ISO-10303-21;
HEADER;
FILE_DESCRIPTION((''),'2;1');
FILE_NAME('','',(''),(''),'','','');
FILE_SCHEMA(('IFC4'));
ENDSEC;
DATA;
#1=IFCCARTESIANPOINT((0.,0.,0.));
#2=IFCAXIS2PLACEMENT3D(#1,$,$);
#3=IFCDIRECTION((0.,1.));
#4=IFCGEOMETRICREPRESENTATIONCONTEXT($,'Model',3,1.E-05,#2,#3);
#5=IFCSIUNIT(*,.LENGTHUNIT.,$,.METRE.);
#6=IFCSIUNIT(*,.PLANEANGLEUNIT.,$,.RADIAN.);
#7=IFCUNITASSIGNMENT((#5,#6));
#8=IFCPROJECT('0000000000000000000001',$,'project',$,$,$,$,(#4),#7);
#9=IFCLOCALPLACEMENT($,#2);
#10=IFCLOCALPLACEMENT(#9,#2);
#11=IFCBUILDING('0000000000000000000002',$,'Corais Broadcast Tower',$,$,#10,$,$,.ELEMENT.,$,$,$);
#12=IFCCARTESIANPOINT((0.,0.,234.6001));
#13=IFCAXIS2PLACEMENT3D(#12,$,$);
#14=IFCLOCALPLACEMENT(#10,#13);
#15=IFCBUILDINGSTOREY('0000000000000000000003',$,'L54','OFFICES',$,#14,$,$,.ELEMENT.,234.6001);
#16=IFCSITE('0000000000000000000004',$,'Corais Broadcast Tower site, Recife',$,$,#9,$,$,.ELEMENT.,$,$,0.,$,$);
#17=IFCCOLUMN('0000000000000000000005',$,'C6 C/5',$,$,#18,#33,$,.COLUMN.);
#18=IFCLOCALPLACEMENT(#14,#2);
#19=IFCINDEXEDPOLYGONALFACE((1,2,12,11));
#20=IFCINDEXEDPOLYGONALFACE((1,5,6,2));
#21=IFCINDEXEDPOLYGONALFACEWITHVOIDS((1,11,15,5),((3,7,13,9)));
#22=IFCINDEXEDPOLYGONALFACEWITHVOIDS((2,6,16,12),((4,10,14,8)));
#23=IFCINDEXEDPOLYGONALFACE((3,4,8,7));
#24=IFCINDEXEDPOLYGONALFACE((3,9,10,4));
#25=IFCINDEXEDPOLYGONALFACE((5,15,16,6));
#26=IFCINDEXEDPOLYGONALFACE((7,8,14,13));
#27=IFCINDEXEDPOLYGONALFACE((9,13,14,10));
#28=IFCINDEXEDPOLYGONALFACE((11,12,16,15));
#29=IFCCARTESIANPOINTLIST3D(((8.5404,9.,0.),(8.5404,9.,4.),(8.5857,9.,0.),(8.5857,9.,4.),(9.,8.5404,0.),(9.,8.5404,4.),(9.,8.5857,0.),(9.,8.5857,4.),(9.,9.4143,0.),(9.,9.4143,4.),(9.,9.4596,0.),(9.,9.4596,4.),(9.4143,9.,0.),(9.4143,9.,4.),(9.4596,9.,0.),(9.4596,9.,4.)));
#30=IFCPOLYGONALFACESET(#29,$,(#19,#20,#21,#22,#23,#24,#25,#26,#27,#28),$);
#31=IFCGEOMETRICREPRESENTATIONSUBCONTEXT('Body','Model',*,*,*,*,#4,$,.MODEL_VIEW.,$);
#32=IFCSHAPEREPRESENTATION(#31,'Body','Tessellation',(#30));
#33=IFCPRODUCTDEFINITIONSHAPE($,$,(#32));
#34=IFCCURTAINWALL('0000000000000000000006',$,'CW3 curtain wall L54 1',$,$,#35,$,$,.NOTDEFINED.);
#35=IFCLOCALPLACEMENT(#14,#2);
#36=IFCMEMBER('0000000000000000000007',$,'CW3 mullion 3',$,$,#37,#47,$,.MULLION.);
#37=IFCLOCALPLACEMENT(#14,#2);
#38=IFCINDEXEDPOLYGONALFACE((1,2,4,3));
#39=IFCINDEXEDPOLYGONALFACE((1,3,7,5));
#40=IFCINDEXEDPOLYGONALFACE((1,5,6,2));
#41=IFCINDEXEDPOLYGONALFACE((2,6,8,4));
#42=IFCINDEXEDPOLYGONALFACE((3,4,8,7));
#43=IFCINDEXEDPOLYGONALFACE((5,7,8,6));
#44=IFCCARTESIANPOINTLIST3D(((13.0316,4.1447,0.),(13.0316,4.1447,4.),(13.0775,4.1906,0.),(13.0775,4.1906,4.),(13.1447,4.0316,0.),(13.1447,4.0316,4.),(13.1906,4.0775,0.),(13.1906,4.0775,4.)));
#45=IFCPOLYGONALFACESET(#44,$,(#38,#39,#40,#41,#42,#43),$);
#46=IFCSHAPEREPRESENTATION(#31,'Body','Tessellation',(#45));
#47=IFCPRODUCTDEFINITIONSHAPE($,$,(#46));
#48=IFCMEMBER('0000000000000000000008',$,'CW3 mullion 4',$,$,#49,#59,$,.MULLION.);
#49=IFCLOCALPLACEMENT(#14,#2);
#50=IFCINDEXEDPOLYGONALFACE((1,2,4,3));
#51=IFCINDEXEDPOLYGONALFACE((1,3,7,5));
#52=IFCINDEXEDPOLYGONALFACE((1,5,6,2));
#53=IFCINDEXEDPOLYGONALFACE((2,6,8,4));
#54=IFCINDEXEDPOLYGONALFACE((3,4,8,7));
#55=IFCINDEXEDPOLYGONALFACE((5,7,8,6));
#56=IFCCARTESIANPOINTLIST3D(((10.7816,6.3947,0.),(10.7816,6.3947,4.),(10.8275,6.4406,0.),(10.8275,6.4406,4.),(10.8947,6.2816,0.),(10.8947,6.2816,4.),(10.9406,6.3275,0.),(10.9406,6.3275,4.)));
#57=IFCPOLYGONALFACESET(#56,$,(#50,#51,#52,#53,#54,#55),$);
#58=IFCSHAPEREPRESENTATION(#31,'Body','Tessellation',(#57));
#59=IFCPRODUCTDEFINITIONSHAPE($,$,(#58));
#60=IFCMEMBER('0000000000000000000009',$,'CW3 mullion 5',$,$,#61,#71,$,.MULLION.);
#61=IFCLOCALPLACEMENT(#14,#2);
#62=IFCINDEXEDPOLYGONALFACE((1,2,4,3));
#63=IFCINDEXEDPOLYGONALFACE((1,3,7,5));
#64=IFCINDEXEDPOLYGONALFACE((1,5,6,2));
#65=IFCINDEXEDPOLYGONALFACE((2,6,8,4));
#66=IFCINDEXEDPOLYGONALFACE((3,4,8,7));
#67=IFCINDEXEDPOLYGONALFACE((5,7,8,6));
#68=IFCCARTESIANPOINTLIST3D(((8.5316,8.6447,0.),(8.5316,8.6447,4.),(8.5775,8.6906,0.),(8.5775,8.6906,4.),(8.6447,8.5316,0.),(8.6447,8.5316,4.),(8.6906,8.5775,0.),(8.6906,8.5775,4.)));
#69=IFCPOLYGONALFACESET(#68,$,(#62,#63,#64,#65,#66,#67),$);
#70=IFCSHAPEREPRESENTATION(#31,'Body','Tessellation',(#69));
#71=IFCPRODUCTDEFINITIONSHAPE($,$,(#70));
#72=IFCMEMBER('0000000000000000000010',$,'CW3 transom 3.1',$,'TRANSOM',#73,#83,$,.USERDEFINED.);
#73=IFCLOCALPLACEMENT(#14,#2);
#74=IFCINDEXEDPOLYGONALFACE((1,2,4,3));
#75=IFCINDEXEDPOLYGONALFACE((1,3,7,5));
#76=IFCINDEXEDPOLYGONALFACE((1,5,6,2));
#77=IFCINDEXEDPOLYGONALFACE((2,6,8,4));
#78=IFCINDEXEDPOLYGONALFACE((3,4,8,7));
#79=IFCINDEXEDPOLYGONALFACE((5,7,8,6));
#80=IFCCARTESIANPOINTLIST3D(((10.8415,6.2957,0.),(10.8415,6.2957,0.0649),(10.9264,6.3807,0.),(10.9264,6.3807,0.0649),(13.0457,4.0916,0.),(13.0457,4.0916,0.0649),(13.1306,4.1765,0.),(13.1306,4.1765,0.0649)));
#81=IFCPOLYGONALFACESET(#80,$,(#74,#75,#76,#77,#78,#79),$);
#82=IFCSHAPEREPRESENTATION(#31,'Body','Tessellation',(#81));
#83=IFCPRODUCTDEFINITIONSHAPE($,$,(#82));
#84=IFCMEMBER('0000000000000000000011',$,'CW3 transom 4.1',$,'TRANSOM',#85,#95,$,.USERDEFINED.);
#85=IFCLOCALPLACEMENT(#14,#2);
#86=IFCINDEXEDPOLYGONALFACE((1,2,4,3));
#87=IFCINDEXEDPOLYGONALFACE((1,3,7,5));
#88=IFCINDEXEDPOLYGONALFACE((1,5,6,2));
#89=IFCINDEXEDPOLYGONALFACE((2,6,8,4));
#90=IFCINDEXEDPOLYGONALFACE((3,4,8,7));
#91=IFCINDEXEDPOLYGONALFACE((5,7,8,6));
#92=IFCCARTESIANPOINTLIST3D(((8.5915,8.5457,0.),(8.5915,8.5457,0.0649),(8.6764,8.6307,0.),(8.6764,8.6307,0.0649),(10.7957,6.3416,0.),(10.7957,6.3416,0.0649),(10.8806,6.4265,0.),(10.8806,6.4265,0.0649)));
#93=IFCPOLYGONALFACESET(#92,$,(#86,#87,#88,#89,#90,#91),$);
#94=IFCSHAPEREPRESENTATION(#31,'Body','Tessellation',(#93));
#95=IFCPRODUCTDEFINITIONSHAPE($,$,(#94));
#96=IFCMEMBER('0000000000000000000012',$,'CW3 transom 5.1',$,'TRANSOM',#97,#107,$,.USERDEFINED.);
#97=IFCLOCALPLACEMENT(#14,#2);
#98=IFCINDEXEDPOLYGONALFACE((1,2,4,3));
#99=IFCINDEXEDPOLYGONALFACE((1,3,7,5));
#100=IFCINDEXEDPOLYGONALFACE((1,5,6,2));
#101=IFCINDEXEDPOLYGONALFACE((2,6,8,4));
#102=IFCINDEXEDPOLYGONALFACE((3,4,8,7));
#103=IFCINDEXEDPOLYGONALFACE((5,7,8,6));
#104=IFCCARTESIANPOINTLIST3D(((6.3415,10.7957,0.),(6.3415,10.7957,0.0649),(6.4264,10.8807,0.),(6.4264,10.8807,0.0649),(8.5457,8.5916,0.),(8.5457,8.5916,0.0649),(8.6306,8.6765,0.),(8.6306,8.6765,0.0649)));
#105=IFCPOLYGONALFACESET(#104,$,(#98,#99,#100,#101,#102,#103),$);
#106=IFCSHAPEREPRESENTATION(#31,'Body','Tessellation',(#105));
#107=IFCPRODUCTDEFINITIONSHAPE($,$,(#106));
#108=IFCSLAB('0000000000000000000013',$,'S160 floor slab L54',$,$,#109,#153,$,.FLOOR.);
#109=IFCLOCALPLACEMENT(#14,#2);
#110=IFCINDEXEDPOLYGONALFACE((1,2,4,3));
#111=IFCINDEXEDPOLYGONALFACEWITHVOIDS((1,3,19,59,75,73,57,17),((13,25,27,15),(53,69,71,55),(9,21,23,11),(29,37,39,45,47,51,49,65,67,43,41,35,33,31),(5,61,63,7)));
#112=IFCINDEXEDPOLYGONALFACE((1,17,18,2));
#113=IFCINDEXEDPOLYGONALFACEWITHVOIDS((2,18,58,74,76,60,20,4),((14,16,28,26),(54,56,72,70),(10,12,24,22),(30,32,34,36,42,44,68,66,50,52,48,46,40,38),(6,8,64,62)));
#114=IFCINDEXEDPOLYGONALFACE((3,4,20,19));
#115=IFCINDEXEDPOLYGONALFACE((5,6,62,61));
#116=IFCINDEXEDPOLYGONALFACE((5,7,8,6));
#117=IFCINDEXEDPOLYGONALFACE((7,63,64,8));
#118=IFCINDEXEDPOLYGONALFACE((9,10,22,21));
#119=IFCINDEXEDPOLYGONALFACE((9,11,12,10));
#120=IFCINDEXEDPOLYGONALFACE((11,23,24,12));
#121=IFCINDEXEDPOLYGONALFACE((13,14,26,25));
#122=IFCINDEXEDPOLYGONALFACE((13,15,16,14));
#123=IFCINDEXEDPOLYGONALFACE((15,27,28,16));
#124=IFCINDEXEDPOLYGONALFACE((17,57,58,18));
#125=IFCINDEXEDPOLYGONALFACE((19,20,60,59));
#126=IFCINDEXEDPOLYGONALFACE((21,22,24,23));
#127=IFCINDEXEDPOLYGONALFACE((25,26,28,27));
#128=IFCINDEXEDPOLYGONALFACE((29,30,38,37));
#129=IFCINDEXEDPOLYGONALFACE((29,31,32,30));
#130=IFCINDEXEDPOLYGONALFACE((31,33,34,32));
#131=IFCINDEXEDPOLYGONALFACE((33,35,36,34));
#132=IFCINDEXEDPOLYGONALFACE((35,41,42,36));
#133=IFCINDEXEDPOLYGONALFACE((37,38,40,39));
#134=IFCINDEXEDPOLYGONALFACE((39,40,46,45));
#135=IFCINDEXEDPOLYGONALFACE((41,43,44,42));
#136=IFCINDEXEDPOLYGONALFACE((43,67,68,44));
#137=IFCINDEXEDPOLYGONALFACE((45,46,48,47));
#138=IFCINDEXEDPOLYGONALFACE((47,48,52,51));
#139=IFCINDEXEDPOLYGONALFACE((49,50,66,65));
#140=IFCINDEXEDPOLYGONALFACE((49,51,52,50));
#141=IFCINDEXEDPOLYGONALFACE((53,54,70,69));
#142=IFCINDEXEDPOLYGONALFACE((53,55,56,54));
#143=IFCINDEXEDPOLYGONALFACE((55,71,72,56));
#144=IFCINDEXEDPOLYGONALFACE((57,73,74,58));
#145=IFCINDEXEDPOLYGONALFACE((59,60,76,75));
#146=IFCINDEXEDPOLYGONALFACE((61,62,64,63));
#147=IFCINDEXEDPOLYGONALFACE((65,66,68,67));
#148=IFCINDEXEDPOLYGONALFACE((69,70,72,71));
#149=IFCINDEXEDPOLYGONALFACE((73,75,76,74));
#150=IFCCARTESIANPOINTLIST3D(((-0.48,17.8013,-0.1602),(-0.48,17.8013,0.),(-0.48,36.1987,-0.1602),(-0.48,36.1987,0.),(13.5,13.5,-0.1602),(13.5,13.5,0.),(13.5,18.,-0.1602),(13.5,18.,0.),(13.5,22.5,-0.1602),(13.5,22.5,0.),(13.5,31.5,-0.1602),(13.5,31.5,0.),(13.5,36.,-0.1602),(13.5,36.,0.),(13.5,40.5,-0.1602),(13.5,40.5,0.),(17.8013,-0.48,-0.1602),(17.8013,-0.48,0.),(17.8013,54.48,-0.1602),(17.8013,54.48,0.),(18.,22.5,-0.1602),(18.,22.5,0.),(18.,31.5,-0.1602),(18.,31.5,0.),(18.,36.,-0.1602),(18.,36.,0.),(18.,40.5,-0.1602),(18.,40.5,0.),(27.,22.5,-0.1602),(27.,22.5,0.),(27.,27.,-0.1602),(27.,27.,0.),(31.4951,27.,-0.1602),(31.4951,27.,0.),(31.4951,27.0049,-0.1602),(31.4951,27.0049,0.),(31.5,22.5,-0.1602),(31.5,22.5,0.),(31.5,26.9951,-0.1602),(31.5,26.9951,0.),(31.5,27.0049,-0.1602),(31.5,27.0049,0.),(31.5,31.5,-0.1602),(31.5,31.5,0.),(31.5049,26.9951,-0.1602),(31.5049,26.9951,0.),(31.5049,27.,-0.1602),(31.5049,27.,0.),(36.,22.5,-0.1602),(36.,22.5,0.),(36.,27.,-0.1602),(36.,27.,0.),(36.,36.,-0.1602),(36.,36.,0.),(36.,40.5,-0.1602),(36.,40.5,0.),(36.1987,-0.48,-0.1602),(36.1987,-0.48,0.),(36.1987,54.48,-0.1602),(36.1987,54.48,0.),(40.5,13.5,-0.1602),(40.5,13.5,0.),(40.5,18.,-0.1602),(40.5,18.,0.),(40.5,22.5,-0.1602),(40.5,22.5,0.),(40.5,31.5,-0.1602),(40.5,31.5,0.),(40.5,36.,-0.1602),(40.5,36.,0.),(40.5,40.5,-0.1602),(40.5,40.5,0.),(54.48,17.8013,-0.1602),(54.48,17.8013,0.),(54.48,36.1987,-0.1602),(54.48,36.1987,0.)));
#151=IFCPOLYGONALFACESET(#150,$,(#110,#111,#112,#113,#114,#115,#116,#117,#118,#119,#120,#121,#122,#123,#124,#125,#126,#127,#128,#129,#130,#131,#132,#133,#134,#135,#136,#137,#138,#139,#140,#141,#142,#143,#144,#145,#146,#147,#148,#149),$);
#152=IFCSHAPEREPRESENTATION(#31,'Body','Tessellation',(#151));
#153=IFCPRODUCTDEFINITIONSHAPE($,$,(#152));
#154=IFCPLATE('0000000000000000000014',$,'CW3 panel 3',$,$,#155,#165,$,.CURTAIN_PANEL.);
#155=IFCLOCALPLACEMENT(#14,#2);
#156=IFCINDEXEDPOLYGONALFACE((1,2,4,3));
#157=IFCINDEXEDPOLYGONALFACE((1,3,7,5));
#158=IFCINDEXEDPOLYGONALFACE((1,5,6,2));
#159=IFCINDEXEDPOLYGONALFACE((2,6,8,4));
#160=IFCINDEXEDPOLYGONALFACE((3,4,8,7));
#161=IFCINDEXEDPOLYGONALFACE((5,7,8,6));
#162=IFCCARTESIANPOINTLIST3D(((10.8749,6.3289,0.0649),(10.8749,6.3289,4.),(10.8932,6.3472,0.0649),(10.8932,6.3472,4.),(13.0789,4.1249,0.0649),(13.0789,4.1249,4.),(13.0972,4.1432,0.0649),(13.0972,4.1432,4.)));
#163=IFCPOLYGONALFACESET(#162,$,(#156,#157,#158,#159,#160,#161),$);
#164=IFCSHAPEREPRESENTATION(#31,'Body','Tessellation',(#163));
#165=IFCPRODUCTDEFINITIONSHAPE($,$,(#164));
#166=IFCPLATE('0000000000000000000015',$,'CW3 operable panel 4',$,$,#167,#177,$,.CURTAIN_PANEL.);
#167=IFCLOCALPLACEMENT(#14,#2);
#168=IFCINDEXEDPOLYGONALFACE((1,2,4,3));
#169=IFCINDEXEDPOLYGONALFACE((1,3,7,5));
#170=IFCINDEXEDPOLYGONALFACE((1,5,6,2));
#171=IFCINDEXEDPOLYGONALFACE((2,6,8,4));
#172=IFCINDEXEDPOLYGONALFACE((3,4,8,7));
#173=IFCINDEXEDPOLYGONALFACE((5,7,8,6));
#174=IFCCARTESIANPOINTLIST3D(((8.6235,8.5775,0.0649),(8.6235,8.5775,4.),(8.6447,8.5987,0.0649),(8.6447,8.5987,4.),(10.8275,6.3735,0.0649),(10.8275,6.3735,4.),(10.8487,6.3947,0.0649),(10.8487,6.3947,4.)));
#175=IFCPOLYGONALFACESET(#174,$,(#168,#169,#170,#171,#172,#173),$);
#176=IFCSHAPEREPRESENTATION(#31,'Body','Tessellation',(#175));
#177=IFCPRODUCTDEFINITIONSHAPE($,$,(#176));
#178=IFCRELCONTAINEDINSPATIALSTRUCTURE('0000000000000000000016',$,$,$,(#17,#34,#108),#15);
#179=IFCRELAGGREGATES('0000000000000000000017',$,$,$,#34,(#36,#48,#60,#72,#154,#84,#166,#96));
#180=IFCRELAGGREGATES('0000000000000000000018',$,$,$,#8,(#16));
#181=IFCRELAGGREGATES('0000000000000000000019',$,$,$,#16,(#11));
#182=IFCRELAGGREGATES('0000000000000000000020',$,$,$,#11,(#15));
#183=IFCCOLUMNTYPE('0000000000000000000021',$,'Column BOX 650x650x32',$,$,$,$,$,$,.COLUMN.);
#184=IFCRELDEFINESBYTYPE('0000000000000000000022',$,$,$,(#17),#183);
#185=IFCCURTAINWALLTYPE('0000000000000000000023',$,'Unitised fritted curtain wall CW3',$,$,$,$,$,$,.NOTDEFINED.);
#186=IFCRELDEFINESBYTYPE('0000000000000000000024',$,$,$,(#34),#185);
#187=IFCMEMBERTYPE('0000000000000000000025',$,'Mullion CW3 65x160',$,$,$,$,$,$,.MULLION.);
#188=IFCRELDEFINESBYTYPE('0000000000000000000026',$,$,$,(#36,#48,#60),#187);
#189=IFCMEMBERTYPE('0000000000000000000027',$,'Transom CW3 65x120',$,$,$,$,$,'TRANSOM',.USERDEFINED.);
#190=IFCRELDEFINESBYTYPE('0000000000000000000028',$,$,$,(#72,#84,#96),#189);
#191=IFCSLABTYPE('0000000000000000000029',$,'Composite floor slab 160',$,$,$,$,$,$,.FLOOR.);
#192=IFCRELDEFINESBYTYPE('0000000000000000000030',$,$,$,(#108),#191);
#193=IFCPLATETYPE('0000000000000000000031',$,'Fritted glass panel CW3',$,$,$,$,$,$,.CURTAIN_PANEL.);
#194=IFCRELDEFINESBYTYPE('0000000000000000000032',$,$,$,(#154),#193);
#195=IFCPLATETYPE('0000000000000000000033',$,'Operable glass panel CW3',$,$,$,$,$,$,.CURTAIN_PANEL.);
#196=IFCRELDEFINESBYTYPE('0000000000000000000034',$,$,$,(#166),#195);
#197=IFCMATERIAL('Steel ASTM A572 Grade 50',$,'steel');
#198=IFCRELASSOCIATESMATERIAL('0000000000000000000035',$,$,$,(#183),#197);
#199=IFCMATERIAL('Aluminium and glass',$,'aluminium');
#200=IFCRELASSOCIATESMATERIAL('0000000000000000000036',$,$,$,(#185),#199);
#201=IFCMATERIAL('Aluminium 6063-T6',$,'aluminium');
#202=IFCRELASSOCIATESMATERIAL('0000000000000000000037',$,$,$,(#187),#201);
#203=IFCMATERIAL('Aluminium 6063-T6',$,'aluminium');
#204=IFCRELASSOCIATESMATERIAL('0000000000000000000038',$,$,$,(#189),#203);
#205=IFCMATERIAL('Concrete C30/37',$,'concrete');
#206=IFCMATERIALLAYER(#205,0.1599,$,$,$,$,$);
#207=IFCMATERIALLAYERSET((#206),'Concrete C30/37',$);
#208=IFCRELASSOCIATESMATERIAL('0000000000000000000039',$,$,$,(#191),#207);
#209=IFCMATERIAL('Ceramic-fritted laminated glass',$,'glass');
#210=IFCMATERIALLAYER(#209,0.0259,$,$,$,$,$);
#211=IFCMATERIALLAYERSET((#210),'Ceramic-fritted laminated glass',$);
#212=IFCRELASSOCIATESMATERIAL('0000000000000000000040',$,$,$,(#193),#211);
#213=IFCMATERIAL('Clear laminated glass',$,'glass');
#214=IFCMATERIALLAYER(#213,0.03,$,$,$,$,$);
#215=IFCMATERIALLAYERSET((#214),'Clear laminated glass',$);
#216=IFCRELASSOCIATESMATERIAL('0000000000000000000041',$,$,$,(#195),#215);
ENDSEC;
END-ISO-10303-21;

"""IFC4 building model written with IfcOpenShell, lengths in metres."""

from ifc_helpers import new_model, si_unit, direction, frame, origin, origin_2d, place, context, subcontext, project, spatial, polyline, rectangle, hollow_rectangle, outline, extrude, material, layer, layer_set, material_profile, profile_set, type_object, element, aggregate, save


model = new_model("IFC4")

# Units and contexts
model_context = context("Model", 3, precision=1e-05, world=origin(), true_north=direction((0.0, 1.0)))
body_context = subcontext(model_context, "Body", "Model", "MODEL_VIEW")
ifc_project = project(units=[si_unit("LENGTHUNIT", "METRE"), si_unit("PLANEANGLEUNIT", "RADIAN")], contexts=[model_context])

# Site, building, storey
site_placement = place(None, origin())
site = spatial("IfcSite", under=ifc_project, at=site_placement, Name="Corais Broadcast Tower site, Recife", CompositionType="ELEMENT", RefElevation=0.0)
building_placement = place(site_placement, origin())
building = spatial("IfcBuilding", under=site, at=building_placement, Name="Corais Broadcast Tower", CompositionType="ELEMENT")
storey_placement = place(building_placement, frame((0.0, 0.0, 234.6001)))
storey = spatial("IfcBuildingStorey", under=building, at=storey_placement, Name="L54", Description="OFFICES", CompositionType="ELEMENT", Elevation=234.6001)

# Column
ifc_material_1 = material(Name="Steel ASTM A572 Grade 50", Category="steel")
ifc_material_profile_1 = material_profile(ifc_material_1, hollow_rectangle(XDim=0.6499, YDim=0.6499, WallThickness=0.032, at=origin_2d()), Name="BOX 650x650x32")
ifc_profile_set_1 = profile_set([ifc_material_profile_1], Name="Steel ASTM A572 Grade 50")
column_type = type_object("IfcColumnType", Name="Column BOX 650x650x32", PredefinedType="COLUMN", material=ifc_profile_set_1)
column_placement = place(storey_placement, frame((9.0, 9.0, 0.0), z_axis=(0.0, 0.0, 1.0), x_axis=(0.707107, 0.707107, 0.0)))
element("IfcColumn", 1, at=column_placement, inside=storey, type_object=column_type, Name="C6 C/5", PredefinedType="COLUMN", context=body_context, shape_type="SweptSolid", body=[
    extrude(hollow_rectangle(XDim=0.6499, YDim=0.6499, WallThickness=0.032, at=origin_2d()), origin(), (0.0, 0.0, 1.0), 4.0),
])

# Curtain wall, members
ifc_material_2 = material(Name="Aluminium and glass", Category="aluminium")
curtain_wall_type = type_object("IfcCurtainWallType", Name="Unitised fritted curtain wall CW3", PredefinedType="NOTDEFINED", material=ifc_material_2)
curtain_wall_placement = place(storey_placement, origin())
curtain_wall = element("IfcCurtainWall", 2, at=curtain_wall_placement, inside=storey, type_object=curtain_wall_type, Name="CW3 curtain wall L54 1", PredefinedType="NOTDEFINED")
ifc_material_3 = material(Name="Aluminium 6063-T6", Category="aluminium")
ifc_material_profile_2 = material_profile(ifc_material_3, rectangle(XDim=0.0649, YDim=0.1599, at=origin_2d()), Name="Mullion CW3 65x160")
ifc_profile_set_2 = profile_set([ifc_material_profile_2], Name="Aluminium 6063-T6")
member_type_1 = type_object("IfcMemberType", Name="Mullion CW3 65x160", PredefinedType="MULLION", material=ifc_profile_set_2)
member_1_placement = place(storey_placement, frame((13.1111, 4.1111, 0.0), z_axis=(0.0, 0.0, 1.0), x_axis=(-0.707107, -0.707107, 0.0)))
member_1 = element("IfcMember", 3, at=member_1_placement, type_object=member_type_1, Name="CW3 mullion 3", PredefinedType="MULLION", context=body_context, shape_type="SweptSolid", body=[
    extrude(rectangle(XDim=0.0649, YDim=0.1599, at=origin_2d()), origin(), (0.0, 0.0, 1.0), 4.0),
])
member_2_placement = place(storey_placement, frame((10.8611, 6.3611, 0.0), z_axis=(0.0, 0.0, 1.0), x_axis=(-0.707107, -0.707107, 0.0)))
member_2 = element("IfcMember", 4, at=member_2_placement, type_object=member_type_1, Name="CW3 mullion 4", PredefinedType="MULLION", context=body_context, shape_type="SweptSolid", body=[
    extrude(rectangle(XDim=0.0649, YDim=0.1599, at=origin_2d()), origin(), (0.0, 0.0, 1.0), 4.0),
])
member_3_placement = place(storey_placement, frame((8.6111, 8.6111, 0.0), z_axis=(0.0, 0.0, 1.0), x_axis=(-0.707107, -0.707107, 0.0)))
member_3 = element("IfcMember", 5, at=member_3_placement, type_object=member_type_1, Name="CW3 mullion 5", PredefinedType="MULLION", context=body_context, shape_type="SweptSolid", body=[
    extrude(rectangle(XDim=0.0649, YDim=0.1599, at=origin_2d()), origin(), (0.0, 0.0, 1.0), 4.0),
])
ifc_material_4 = material(Name="Aluminium 6063-T6", Category="aluminium")
ifc_material_profile_3 = material_profile(ifc_material_4, rectangle(XDim=0.1201, YDim=0.0649, at=origin_2d()), Name="Transom CW3 65x120")
ifc_profile_set_3 = profile_set([ifc_material_profile_3], Name="Aluminium 6063-T6")
member_type_2 = type_object("IfcMemberType", Name="Transom CW3 65x120", ElementType="TRANSOM", PredefinedType="USERDEFINED", material=ifc_profile_set_3)
member_4_placement = place(storey_placement, frame((13.0881, 4.134, 0.0325), z_axis=(-0.707107, 0.707107, 0.0), x_axis=(-0.707107, -0.707107, 0.0)))
member_4 = element("IfcMember", 6, at=member_4_placement, type_object=member_type_2, Name="CW3 transom 3.1", ObjectType="TRANSOM", PredefinedType="USERDEFINED", context=body_context, shape_type="SweptSolid", body=[
    extrude(rectangle(XDim=0.1201, YDim=0.0649, at=origin_2d()), origin(), (0.0, 0.0, 1.0), 3.1172),
])
member_5_placement = place(storey_placement, frame((10.8381, 6.384, 0.0325), z_axis=(-0.707107, 0.707107, 0.0), x_axis=(-0.707107, -0.707107, 0.0)))
member_5 = element("IfcMember", 7, at=member_5_placement, type_object=member_type_2, Name="CW3 transom 4.1", ObjectType="TRANSOM", PredefinedType="USERDEFINED", context=body_context, shape_type="SweptSolid", body=[
    extrude(rectangle(XDim=0.1201, YDim=0.0649, at=origin_2d()), origin(), (0.0, 0.0, 1.0), 3.1172),
])
member_6_placement = place(storey_placement, frame((8.5881, 8.634, 0.0325), z_axis=(-0.707107, 0.707107, 0.0), x_axis=(-0.707107, -0.707107, 0.0)))
member_6 = element("IfcMember", 8, at=member_6_placement, type_object=member_type_2, Name="CW3 transom 5.1", ObjectType="TRANSOM", PredefinedType="USERDEFINED", context=body_context, shape_type="SweptSolid", body=[
    extrude(rectangle(XDim=0.1201, YDim=0.0649, at=origin_2d()), origin(), (0.0, 0.0, 1.0), 3.1172),
])

# Slab
ifc_material_5 = material(Name="Concrete C30/37", Category="concrete")
ifc_layer_1 = layer(ifc_material_5, 0.1599)
ifc_layer_set_1 = layer_set([ifc_layer_1], Name="Concrete C30/37")
slab_type_1 = type_object("IfcSlabType", Name="Composite floor slab 160", PredefinedType="FLOOR", material=ifc_layer_set_1)
slab_1_placement = place(storey_placement, frame((0.0, 0.0, -0.1602)))
element("IfcSlab", 9, at=slab_1_placement, inside=storey, type_object=slab_type_1, Name="S160 floor slab L54", PredefinedType="FLOOR", context=body_context, shape_type="SweptSolid", body=[
    extrude(outline(polyline([(17.8013, -0.48), (-0.48, 17.8013), (-0.48, 36.1987), (17.8013, 54.48), (36.1987, 54.48), (54.48, 36.1987), (54.48, 17.8013), (36.1987, -0.48), (17.8013, -0.48)]), holes=[polyline([(13.5, 18.0), (40.5, 18.0), (40.5, 13.5), (13.5, 13.5), (13.5, 18.0)]), polyline([(18.0, 22.5), (13.5, 22.5), (13.5, 31.5), (18.0, 31.5), (18.0, 22.5)]), polyline([(18.0, 36.0), (13.5, 36.0), (13.5, 40.5), (18.0, 40.5), (18.0, 36.0)]), polyline([(31.5, 22.5), (27.0, 22.5), (27.0, 27.0), (31.4951, 27.0), (31.4951, 27.0049), (31.5, 27.0049), (31.5, 31.5), (40.5, 31.5), (40.5, 22.5), (36.0, 22.5), (36.0, 27.0), (31.5049, 27.0), (31.5049, 26.9951), (31.5, 26.9951), (31.5, 22.5)]), polyline([(40.5, 36.0), (36.0, 36.0), (36.0, 40.5), (40.5, 40.5), (40.5, 36.0)])]), origin(), (0.0, 0.0, 1.0), 0.1602),
])

# Plates
ifc_material_6 = material(Name="Ceramic-fritted laminated glass", Category="glass")
ifc_layer_2 = layer(ifc_material_6, 0.0259)
ifc_layer_set_2 = layer_set([ifc_layer_2], Name="Ceramic-fritted laminated glass")
plate_type_1 = type_object("IfcPlateType", Name="Fritted glass panel CW3", PredefinedType="CURTAIN_PANEL", material=ifc_layer_set_2)
plate_1_placement = place(storey_placement, frame((11.9861, 5.2361, 0.0649), z_axis=(0.0, 0.0, 1.0), x_axis=(-0.707107, 0.707107, 0.0)))
plate_1 = element("IfcPlate", 10, at=plate_1_placement, type_object=plate_type_1, Name="CW3 panel 3", PredefinedType="CURTAIN_PANEL", context=body_context, shape_type="SweptSolid", body=[
    extrude(rectangle(XDim=3.1169, YDim=0.0259, at=origin_2d()), origin(), (0.0, 0.0, 1.0), 3.9351),
])
ifc_material_7 = material(Name="Clear laminated glass", Category="glass")
ifc_layer_3 = layer(ifc_material_7, 0.03)
ifc_layer_set_3 = layer_set([ifc_layer_3], Name="Clear laminated glass")
plate_type_2 = type_object("IfcPlateType", Name="Operable glass panel CW3", PredefinedType="CURTAIN_PANEL", material=ifc_layer_set_3)
plate_2_placement = place(storey_placement, frame((9.7361, 7.4861, 0.0649), z_axis=(0.0, 0.0, 1.0), x_axis=(-0.707107, 0.707107, 0.0)))
plate_2 = element("IfcPlate", 11, at=plate_2_placement, type_object=plate_type_2, Name="CW3 operable panel 4", PredefinedType="CURTAIN_PANEL", context=body_context, shape_type="SweptSolid", body=[
    extrude(rectangle(XDim=3.1169, YDim=0.03, at=origin_2d()), origin(), (0.0, 0.0, 1.0), 3.9351),
])
aggregate(curtain_wall, [member_1, member_2, member_3, member_4, plate_1, member_5, plate_2, member_6])

save(model, "model.ifc")
